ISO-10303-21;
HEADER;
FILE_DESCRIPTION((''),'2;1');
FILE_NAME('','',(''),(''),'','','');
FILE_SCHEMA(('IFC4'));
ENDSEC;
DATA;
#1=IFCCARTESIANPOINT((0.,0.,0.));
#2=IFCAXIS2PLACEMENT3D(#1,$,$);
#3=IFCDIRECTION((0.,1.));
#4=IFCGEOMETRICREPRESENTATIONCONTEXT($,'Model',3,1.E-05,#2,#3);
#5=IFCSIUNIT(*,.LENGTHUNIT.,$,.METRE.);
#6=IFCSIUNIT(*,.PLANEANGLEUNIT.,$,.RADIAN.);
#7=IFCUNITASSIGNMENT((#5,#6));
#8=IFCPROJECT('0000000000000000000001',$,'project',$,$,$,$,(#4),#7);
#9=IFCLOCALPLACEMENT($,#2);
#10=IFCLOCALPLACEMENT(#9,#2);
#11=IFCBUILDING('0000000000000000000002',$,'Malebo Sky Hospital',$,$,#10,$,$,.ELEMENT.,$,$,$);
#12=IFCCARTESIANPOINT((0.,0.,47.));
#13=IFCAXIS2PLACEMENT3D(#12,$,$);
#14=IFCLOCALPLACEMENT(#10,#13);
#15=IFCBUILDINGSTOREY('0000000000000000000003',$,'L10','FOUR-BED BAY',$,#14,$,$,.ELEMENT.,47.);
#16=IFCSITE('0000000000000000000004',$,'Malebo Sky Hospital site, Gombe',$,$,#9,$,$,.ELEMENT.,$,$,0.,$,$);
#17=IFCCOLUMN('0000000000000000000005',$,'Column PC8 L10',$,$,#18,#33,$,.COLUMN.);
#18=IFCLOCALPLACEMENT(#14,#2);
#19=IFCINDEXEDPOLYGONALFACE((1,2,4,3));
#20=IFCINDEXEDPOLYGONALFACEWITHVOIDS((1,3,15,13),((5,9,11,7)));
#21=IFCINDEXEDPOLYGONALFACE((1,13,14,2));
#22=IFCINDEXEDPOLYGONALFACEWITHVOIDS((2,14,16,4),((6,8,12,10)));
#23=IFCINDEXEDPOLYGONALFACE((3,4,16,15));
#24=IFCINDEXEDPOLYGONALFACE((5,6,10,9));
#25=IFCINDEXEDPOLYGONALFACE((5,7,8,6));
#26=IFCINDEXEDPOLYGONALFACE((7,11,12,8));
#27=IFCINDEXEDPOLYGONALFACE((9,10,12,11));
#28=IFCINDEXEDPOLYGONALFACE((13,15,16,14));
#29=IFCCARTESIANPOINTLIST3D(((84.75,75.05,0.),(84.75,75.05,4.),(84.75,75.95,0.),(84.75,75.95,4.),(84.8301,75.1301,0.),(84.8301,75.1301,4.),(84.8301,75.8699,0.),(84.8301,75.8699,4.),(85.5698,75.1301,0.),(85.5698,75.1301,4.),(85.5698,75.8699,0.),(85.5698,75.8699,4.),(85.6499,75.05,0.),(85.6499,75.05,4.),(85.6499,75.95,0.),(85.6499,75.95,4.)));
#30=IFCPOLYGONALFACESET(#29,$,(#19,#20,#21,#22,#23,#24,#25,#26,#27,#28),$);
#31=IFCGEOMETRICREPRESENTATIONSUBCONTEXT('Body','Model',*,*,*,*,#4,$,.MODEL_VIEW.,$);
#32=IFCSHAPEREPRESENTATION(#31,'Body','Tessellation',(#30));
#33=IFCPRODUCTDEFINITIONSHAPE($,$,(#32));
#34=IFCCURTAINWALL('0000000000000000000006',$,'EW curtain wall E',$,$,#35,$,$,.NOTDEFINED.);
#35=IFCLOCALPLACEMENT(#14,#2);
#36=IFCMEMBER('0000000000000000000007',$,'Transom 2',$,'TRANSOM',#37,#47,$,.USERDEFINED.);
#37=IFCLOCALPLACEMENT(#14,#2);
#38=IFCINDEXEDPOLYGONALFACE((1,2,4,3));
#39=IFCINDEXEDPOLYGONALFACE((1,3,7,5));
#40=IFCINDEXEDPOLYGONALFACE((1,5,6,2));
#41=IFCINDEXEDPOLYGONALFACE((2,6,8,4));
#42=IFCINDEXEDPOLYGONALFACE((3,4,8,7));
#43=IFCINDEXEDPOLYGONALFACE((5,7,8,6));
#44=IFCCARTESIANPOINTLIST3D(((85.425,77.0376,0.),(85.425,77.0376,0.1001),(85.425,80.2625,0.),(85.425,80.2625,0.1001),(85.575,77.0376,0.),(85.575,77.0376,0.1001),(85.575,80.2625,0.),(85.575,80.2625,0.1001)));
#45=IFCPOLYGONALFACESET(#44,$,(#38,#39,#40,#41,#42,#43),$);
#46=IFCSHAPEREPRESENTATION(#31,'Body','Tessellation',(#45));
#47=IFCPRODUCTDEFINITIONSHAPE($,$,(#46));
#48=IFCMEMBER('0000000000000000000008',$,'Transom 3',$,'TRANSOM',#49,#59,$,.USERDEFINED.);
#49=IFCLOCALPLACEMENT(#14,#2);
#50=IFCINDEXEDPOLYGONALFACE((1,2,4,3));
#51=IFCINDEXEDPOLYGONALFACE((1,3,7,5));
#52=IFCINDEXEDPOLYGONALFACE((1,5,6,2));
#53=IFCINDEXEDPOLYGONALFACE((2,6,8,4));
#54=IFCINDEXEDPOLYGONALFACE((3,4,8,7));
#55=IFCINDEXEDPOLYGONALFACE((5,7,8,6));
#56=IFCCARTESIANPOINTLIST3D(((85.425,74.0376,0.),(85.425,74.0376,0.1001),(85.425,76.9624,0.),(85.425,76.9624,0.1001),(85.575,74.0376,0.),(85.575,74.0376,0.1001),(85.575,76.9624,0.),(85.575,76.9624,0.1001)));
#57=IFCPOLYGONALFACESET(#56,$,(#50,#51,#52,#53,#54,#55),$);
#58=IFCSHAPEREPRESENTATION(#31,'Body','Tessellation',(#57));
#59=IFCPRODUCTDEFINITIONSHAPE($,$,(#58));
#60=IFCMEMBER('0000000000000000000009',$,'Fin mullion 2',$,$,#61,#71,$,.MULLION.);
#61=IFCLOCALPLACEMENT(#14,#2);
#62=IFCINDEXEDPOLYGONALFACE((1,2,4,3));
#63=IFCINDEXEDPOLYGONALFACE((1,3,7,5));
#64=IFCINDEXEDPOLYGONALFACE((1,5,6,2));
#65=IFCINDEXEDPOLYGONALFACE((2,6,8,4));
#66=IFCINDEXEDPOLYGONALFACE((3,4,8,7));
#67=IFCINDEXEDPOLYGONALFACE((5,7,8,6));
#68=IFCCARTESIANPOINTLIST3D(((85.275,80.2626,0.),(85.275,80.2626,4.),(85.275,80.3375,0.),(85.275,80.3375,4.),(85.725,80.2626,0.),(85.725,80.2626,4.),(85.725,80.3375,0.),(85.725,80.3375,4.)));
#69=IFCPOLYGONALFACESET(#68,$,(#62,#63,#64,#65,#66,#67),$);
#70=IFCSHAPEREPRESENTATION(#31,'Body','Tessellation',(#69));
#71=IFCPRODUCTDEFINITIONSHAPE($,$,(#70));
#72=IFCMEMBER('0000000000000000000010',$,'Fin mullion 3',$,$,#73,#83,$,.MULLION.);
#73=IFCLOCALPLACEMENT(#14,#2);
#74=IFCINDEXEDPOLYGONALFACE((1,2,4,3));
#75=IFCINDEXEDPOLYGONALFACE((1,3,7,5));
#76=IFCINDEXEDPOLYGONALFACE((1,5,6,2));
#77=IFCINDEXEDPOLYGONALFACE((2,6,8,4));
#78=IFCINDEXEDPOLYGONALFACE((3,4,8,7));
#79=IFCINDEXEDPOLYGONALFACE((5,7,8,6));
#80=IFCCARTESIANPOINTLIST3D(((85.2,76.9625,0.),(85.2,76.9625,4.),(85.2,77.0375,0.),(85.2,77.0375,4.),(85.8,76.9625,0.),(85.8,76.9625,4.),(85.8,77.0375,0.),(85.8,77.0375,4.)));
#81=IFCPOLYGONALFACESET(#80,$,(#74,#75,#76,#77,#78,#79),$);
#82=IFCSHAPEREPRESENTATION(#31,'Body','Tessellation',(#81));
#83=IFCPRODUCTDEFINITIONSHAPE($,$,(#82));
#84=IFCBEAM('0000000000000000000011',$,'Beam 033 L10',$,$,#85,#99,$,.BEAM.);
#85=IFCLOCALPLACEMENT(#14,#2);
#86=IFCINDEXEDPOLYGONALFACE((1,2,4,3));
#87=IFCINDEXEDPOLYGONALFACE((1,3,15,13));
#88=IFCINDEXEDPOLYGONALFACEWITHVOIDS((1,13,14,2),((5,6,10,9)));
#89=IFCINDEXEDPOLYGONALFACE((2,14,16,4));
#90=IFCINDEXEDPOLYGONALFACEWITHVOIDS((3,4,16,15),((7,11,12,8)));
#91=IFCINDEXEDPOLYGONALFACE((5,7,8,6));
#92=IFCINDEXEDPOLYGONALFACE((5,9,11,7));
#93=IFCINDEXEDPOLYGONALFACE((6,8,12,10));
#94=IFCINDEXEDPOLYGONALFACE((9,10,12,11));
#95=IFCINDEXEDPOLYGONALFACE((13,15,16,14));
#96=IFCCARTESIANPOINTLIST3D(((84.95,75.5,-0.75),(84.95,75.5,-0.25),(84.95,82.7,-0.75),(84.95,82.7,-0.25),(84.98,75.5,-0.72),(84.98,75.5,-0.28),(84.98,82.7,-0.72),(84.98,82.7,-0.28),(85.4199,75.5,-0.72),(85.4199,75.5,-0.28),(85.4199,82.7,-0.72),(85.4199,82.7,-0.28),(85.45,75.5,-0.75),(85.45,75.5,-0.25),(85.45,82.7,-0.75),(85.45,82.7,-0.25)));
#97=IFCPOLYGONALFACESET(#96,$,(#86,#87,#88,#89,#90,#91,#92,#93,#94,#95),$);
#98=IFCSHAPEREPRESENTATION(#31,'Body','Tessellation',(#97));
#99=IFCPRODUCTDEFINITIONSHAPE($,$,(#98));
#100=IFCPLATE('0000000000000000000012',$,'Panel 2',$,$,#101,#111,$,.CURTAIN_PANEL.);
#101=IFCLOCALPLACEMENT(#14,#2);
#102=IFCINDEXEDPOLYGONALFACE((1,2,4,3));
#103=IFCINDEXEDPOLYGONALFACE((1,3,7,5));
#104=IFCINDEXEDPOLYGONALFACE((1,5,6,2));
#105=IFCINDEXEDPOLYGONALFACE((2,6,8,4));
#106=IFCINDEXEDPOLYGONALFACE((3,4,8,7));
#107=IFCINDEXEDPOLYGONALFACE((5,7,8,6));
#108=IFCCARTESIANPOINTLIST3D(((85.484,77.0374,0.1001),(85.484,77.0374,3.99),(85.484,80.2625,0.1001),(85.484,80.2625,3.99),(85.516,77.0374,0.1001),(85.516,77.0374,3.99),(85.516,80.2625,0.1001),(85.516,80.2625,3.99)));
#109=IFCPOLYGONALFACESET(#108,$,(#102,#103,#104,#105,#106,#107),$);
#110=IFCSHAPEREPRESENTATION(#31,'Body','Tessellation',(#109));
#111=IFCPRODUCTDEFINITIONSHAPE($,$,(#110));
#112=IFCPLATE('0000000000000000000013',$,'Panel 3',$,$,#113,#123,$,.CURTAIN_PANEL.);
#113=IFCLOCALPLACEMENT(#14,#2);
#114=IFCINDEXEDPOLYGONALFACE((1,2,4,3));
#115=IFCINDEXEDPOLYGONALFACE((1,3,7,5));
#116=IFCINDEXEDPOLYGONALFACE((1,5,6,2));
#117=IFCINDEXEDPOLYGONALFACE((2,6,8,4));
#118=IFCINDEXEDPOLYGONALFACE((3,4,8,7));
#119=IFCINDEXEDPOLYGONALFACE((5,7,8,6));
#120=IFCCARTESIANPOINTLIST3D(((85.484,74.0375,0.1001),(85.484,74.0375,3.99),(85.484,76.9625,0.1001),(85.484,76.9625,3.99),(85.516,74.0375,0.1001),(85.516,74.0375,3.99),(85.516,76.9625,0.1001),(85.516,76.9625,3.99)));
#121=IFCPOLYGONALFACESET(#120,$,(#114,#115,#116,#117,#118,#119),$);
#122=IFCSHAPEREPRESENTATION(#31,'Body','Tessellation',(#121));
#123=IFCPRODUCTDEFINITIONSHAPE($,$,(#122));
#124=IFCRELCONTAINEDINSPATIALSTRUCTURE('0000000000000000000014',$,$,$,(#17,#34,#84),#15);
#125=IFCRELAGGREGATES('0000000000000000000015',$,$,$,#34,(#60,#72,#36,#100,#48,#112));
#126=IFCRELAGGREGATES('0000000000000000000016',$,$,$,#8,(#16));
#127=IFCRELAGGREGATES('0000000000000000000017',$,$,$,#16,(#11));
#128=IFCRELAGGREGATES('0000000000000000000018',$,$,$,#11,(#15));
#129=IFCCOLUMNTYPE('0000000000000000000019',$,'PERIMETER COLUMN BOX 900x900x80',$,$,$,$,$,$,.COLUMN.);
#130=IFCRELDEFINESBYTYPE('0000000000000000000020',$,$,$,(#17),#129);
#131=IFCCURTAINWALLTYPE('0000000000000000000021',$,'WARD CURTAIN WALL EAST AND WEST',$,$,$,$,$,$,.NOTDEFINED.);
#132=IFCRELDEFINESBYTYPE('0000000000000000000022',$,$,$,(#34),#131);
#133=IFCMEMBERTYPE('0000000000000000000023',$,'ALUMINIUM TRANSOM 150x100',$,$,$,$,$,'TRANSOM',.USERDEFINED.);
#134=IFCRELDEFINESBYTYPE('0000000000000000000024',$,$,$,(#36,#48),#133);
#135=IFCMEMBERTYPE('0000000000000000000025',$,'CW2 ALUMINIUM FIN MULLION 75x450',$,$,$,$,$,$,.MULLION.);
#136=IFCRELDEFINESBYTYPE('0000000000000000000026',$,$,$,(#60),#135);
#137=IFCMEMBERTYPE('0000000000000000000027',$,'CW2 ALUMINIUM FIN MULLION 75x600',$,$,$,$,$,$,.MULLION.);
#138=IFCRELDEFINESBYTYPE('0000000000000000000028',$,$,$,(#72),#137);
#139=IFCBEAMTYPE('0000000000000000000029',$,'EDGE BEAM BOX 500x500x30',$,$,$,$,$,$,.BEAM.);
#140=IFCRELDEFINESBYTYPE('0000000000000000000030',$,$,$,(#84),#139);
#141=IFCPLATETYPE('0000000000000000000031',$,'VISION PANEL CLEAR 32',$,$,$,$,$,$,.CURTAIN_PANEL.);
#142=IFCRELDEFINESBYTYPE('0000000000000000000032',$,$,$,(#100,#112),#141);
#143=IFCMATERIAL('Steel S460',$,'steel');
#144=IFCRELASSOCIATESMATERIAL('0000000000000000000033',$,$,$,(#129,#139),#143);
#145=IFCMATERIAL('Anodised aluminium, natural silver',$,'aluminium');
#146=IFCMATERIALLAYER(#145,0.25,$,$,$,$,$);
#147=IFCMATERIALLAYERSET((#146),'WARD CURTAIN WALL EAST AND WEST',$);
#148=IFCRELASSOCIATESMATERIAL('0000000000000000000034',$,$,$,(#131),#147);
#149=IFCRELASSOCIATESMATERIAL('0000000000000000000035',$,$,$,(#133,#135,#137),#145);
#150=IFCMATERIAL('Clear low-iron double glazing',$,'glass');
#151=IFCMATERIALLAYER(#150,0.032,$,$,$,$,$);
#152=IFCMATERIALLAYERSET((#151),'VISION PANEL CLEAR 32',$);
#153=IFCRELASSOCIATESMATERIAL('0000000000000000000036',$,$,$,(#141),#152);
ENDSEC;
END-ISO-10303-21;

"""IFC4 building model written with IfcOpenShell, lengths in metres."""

from ifc_helpers import new_model, si_unit, direction, frame, origin, origin_2d, place, context, subcontext, project, spatial, rectangle, hollow_rectangle, extrude, material, layer, layer_set, material_profile, profile_set, type_object, element, aggregate, save


model = new_model("IFC4")

# Units and contexts
model_context = context("Model", 3, precision=1e-05, world=origin(), true_north=direction((0.0, 1.0)))
body_context = subcontext(model_context, "Body", "Model", "MODEL_VIEW")
ifc_project = project(units=[si_unit("LENGTHUNIT", "METRE"), si_unit("PLANEANGLEUNIT", "RADIAN")], contexts=[model_context])

# Site, building, storey
site_placement = place(None, origin())
site = spatial("IfcSite", under=ifc_project, at=site_placement, Name="Malebo Sky Hospital site, Gombe", CompositionType="ELEMENT", RefElevation=0.0)
building_placement = place(site_placement, origin())
building = spatial("IfcBuilding", under=site, at=building_placement, Name="Malebo Sky Hospital", CompositionType="ELEMENT")
storey_placement = place(building_placement, frame((0.0, 0.0, 47.0)))
storey = spatial("IfcBuildingStorey", under=building, at=storey_placement, Name="L10", Description="FOUR-BED BAY", CompositionType="ELEMENT", Elevation=47.0)

# Column
ifc_material_1 = material(Name="Steel S460", Category="steel")
ifc_material_profile_1 = material_profile(ifc_material_1, hollow_rectangle(XDim=0.8999, YDim=0.8999, WallThickness=0.0801, at=origin_2d()), Name="BOX 900x900x80")
ifc_profile_set_1 = profile_set([ifc_material_profile_1], Name="Steel S460")
column_type = type_object("IfcColumnType", Name="PERIMETER COLUMN BOX 900x900x80", PredefinedType="COLUMN", material=ifc_profile_set_1)
column_placement = place(storey_placement, frame((85.2, 75.5, 0.0), z_axis=(0.0, 0.0, 1.0), x_axis=(1.0, 0.0, 0.0)))
element("IfcColumn", 1, at=column_placement, inside=storey, type_object=column_type, Name="Column PC8 L10", PredefinedType="COLUMN", context=body_context, shape_type="SweptSolid", body=[
    extrude(hollow_rectangle(XDim=0.8999, YDim=0.8999, WallThickness=0.0801, at=origin_2d()), origin(), (0.0, 0.0, 1.0), 4.0),
])

# Curtain wall, members
ifc_material_2 = material(Name="Anodised aluminium, natural silver", Category="aluminium")
ifc_layer_1 = layer(ifc_material_2, 0.25)
ifc_layer_set_1 = layer_set([ifc_layer_1], Name="WARD CURTAIN WALL EAST AND WEST")
curtain_wall_type = type_object("IfcCurtainWallType", Name="WARD CURTAIN WALL EAST AND WEST", PredefinedType="NOTDEFINED", material=ifc_layer_set_1)
curtain_wall_placement = place(storey_placement, origin())
curtain_wall = element("IfcCurtainWall", 2, at=curtain_wall_placement, inside=storey, type_object=curtain_wall_type, Name="EW curtain wall E", PredefinedType="NOTDEFINED")
ifc_material_profile_2 = material_profile(ifc_material_2, rectangle(XDim=0.1499, YDim=0.1001, at=origin_2d()), Name="ALUMINIUM TRANSOM 150x100")
ifc_profile_set_2 = profile_set([ifc_material_profile_2], Name="Anodised aluminium, natural silver")
member_type_1 = type_object("IfcMemberType", Name="ALUMINIUM TRANSOM 150x100", ElementType="TRANSOM", PredefinedType="USERDEFINED", material=ifc_profile_set_2)
member_1_placement = place(storey_placement, frame((85.5, 80.2625, 0.05), z_axis=(0.0, -1.0, 0.0), x_axis=(1.0, 0.0, 0.0)))
member_1 = element("IfcMember", 3, at=member_1_placement, type_object=member_type_1, Name="Transom 2", ObjectType="TRANSOM", PredefinedType="USERDEFINED", context=body_context, shape_type="SweptSolid", body=[
    extrude(rectangle(XDim=0.1499, YDim=0.1001, at=origin_2d()), origin(), (0.0, 0.0, 1.0), 3.2249),
])
member_2_placement = place(storey_placement, frame((85.5, 76.9624, 0.05), z_axis=(0.0, -1.0, 0.0), x_axis=(1.0, 0.0, 0.0)))
member_2 = element("IfcMember", 4, at=member_2_placement, type_object=member_type_1, Name="Transom 3", ObjectType="TRANSOM", PredefinedType="USERDEFINED", context=body_context, shape_type="SweptSolid", body=[
    extrude(rectangle(XDim=0.1499, YDim=0.1001, at=origin_2d()), origin(), (0.0, 0.0, 1.0), 2.9248),
])
ifc_material_profile_3 = material_profile(ifc_material_2, rectangle(XDim=0.075, YDim=0.45, at=origin_2d()), Name="CW2 ALUMINIUM FIN MULLION 75x450")
ifc_profile_set_3 = profile_set([ifc_material_profile_3], Name="Anodised aluminium, natural silver")
member_type_2 = type_object("IfcMemberType", Name="CW2 ALUMINIUM FIN MULLION 75x450", PredefinedType="MULLION", material=ifc_profile_set_3)
member_3_placement = place(storey_placement, frame((85.5, 80.3, 0.0), z_axis=(0.0, 0.0, 1.0), x_axis=(0.0, -1.0, 0.0)))
member_3 = element("IfcMember", 5, at=member_3_placement, type_object=member_type_2, Name="Fin mullion 2", PredefinedType="MULLION", context=body_context, shape_type="SweptSolid", body=[
    extrude(rectangle(XDim=0.075, YDim=0.45, at=origin_2d()), origin(), (0.0, 0.0, 1.0), 4.0),
])
ifc_material_profile_4 = material_profile(ifc_material_2, rectangle(XDim=0.075, YDim=0.6001, at=origin_2d()), Name="CW2 ALUMINIUM FIN MULLION 75x600")
ifc_profile_set_4 = profile_set([ifc_material_profile_4], Name="Anodised aluminium, natural silver")
member_type_3 = type_object("IfcMemberType", Name="CW2 ALUMINIUM FIN MULLION 75x600", PredefinedType="MULLION", material=ifc_profile_set_4)
member_4_placement = place(storey_placement, frame((85.5, 77.0, 0.0), z_axis=(0.0, 0.0, 1.0), x_axis=(0.0, -1.0, 0.0)))
member_4 = element("IfcMember", 6, at=member_4_placement, type_object=member_type_3, Name="Fin mullion 3", PredefinedType="MULLION", context=body_context, shape_type="SweptSolid", body=[
    extrude(rectangle(XDim=0.075, YDim=0.6001, at=origin_2d()), origin(), (0.0, 0.0, 1.0), 4.0),
])

# Beam
ifc_material_profile_5 = material_profile(ifc_material_1, hollow_rectangle(XDim=0.5, YDim=0.5, WallThickness=0.03, at=origin_2d()), Name="BOX 500x500x30")
ifc_profile_set_5 = profile_set([ifc_material_profile_5], Name="Steel S460")
beam_type = type_object("IfcBeamType", Name="EDGE BEAM BOX 500x500x30", PredefinedType="BEAM", material=ifc_profile_set_5)
beam_placement = place(storey_placement, frame((85.2, 75.5, -0.5), z_axis=(0.0, 1.0, 0.0), x_axis=(-1.0, 0.0, 0.0)))
element("IfcBeam", 7, at=beam_placement, inside=storey, type_object=beam_type, Name="Beam 033 L10", PredefinedType="BEAM", context=body_context, shape_type="SweptSolid", body=[
    extrude(hollow_rectangle(XDim=0.5, YDim=0.5, WallThickness=0.03, at=origin_2d()), origin(), (0.0, 0.0, 1.0), 7.2),
])

# Plates
ifc_material_3 = material(Name="Clear low-iron double glazing", Category="glass")
ifc_layer_2 = layer(ifc_material_3, 0.032)
ifc_layer_set_2 = layer_set([ifc_layer_2], Name="VISION PANEL CLEAR 32")
plate_type = type_object("IfcPlateType", Name="VISION PANEL CLEAR 32", PredefinedType="CURTAIN_PANEL", material=ifc_layer_set_2)
plate_1_placement = place(storey_placement, frame((85.5, 78.6499, 0.1001), z_axis=(0.0, 0.0, 1.0), x_axis=(0.0, -1.0, 0.0)))
plate_1 = element("IfcPlate", 8, at=plate_1_placement, type_object=plate_type, Name="Panel 2", PredefinedType="CURTAIN_PANEL", context=body_context, shape_type="SweptSolid", body=[
    extrude(rectangle(XDim=3.2251, YDim=0.032, at=origin_2d()), origin(), (0.0, 0.0, 1.0), 3.8899),
])
plate_2_placement = place(storey_placement, frame((85.5, 75.5, 0.1001), z_axis=(0.0, 0.0, 1.0), x_axis=(0.0, -1.0, 0.0)))
plate_2 = element("IfcPlate", 9, at=plate_2_placement, type_object=plate_type, Name="Panel 3", PredefinedType="CURTAIN_PANEL", context=body_context, shape_type="SweptSolid", body=[
    extrude(rectangle(XDim=2.925, YDim=0.032, at=origin_2d()), origin(), (0.0, 0.0, 1.0), 3.8899),
])
aggregate(curtain_wall, [member_3, member_4, member_1, plate_1, member_2, plate_2])

save(model, "model.ifc")
